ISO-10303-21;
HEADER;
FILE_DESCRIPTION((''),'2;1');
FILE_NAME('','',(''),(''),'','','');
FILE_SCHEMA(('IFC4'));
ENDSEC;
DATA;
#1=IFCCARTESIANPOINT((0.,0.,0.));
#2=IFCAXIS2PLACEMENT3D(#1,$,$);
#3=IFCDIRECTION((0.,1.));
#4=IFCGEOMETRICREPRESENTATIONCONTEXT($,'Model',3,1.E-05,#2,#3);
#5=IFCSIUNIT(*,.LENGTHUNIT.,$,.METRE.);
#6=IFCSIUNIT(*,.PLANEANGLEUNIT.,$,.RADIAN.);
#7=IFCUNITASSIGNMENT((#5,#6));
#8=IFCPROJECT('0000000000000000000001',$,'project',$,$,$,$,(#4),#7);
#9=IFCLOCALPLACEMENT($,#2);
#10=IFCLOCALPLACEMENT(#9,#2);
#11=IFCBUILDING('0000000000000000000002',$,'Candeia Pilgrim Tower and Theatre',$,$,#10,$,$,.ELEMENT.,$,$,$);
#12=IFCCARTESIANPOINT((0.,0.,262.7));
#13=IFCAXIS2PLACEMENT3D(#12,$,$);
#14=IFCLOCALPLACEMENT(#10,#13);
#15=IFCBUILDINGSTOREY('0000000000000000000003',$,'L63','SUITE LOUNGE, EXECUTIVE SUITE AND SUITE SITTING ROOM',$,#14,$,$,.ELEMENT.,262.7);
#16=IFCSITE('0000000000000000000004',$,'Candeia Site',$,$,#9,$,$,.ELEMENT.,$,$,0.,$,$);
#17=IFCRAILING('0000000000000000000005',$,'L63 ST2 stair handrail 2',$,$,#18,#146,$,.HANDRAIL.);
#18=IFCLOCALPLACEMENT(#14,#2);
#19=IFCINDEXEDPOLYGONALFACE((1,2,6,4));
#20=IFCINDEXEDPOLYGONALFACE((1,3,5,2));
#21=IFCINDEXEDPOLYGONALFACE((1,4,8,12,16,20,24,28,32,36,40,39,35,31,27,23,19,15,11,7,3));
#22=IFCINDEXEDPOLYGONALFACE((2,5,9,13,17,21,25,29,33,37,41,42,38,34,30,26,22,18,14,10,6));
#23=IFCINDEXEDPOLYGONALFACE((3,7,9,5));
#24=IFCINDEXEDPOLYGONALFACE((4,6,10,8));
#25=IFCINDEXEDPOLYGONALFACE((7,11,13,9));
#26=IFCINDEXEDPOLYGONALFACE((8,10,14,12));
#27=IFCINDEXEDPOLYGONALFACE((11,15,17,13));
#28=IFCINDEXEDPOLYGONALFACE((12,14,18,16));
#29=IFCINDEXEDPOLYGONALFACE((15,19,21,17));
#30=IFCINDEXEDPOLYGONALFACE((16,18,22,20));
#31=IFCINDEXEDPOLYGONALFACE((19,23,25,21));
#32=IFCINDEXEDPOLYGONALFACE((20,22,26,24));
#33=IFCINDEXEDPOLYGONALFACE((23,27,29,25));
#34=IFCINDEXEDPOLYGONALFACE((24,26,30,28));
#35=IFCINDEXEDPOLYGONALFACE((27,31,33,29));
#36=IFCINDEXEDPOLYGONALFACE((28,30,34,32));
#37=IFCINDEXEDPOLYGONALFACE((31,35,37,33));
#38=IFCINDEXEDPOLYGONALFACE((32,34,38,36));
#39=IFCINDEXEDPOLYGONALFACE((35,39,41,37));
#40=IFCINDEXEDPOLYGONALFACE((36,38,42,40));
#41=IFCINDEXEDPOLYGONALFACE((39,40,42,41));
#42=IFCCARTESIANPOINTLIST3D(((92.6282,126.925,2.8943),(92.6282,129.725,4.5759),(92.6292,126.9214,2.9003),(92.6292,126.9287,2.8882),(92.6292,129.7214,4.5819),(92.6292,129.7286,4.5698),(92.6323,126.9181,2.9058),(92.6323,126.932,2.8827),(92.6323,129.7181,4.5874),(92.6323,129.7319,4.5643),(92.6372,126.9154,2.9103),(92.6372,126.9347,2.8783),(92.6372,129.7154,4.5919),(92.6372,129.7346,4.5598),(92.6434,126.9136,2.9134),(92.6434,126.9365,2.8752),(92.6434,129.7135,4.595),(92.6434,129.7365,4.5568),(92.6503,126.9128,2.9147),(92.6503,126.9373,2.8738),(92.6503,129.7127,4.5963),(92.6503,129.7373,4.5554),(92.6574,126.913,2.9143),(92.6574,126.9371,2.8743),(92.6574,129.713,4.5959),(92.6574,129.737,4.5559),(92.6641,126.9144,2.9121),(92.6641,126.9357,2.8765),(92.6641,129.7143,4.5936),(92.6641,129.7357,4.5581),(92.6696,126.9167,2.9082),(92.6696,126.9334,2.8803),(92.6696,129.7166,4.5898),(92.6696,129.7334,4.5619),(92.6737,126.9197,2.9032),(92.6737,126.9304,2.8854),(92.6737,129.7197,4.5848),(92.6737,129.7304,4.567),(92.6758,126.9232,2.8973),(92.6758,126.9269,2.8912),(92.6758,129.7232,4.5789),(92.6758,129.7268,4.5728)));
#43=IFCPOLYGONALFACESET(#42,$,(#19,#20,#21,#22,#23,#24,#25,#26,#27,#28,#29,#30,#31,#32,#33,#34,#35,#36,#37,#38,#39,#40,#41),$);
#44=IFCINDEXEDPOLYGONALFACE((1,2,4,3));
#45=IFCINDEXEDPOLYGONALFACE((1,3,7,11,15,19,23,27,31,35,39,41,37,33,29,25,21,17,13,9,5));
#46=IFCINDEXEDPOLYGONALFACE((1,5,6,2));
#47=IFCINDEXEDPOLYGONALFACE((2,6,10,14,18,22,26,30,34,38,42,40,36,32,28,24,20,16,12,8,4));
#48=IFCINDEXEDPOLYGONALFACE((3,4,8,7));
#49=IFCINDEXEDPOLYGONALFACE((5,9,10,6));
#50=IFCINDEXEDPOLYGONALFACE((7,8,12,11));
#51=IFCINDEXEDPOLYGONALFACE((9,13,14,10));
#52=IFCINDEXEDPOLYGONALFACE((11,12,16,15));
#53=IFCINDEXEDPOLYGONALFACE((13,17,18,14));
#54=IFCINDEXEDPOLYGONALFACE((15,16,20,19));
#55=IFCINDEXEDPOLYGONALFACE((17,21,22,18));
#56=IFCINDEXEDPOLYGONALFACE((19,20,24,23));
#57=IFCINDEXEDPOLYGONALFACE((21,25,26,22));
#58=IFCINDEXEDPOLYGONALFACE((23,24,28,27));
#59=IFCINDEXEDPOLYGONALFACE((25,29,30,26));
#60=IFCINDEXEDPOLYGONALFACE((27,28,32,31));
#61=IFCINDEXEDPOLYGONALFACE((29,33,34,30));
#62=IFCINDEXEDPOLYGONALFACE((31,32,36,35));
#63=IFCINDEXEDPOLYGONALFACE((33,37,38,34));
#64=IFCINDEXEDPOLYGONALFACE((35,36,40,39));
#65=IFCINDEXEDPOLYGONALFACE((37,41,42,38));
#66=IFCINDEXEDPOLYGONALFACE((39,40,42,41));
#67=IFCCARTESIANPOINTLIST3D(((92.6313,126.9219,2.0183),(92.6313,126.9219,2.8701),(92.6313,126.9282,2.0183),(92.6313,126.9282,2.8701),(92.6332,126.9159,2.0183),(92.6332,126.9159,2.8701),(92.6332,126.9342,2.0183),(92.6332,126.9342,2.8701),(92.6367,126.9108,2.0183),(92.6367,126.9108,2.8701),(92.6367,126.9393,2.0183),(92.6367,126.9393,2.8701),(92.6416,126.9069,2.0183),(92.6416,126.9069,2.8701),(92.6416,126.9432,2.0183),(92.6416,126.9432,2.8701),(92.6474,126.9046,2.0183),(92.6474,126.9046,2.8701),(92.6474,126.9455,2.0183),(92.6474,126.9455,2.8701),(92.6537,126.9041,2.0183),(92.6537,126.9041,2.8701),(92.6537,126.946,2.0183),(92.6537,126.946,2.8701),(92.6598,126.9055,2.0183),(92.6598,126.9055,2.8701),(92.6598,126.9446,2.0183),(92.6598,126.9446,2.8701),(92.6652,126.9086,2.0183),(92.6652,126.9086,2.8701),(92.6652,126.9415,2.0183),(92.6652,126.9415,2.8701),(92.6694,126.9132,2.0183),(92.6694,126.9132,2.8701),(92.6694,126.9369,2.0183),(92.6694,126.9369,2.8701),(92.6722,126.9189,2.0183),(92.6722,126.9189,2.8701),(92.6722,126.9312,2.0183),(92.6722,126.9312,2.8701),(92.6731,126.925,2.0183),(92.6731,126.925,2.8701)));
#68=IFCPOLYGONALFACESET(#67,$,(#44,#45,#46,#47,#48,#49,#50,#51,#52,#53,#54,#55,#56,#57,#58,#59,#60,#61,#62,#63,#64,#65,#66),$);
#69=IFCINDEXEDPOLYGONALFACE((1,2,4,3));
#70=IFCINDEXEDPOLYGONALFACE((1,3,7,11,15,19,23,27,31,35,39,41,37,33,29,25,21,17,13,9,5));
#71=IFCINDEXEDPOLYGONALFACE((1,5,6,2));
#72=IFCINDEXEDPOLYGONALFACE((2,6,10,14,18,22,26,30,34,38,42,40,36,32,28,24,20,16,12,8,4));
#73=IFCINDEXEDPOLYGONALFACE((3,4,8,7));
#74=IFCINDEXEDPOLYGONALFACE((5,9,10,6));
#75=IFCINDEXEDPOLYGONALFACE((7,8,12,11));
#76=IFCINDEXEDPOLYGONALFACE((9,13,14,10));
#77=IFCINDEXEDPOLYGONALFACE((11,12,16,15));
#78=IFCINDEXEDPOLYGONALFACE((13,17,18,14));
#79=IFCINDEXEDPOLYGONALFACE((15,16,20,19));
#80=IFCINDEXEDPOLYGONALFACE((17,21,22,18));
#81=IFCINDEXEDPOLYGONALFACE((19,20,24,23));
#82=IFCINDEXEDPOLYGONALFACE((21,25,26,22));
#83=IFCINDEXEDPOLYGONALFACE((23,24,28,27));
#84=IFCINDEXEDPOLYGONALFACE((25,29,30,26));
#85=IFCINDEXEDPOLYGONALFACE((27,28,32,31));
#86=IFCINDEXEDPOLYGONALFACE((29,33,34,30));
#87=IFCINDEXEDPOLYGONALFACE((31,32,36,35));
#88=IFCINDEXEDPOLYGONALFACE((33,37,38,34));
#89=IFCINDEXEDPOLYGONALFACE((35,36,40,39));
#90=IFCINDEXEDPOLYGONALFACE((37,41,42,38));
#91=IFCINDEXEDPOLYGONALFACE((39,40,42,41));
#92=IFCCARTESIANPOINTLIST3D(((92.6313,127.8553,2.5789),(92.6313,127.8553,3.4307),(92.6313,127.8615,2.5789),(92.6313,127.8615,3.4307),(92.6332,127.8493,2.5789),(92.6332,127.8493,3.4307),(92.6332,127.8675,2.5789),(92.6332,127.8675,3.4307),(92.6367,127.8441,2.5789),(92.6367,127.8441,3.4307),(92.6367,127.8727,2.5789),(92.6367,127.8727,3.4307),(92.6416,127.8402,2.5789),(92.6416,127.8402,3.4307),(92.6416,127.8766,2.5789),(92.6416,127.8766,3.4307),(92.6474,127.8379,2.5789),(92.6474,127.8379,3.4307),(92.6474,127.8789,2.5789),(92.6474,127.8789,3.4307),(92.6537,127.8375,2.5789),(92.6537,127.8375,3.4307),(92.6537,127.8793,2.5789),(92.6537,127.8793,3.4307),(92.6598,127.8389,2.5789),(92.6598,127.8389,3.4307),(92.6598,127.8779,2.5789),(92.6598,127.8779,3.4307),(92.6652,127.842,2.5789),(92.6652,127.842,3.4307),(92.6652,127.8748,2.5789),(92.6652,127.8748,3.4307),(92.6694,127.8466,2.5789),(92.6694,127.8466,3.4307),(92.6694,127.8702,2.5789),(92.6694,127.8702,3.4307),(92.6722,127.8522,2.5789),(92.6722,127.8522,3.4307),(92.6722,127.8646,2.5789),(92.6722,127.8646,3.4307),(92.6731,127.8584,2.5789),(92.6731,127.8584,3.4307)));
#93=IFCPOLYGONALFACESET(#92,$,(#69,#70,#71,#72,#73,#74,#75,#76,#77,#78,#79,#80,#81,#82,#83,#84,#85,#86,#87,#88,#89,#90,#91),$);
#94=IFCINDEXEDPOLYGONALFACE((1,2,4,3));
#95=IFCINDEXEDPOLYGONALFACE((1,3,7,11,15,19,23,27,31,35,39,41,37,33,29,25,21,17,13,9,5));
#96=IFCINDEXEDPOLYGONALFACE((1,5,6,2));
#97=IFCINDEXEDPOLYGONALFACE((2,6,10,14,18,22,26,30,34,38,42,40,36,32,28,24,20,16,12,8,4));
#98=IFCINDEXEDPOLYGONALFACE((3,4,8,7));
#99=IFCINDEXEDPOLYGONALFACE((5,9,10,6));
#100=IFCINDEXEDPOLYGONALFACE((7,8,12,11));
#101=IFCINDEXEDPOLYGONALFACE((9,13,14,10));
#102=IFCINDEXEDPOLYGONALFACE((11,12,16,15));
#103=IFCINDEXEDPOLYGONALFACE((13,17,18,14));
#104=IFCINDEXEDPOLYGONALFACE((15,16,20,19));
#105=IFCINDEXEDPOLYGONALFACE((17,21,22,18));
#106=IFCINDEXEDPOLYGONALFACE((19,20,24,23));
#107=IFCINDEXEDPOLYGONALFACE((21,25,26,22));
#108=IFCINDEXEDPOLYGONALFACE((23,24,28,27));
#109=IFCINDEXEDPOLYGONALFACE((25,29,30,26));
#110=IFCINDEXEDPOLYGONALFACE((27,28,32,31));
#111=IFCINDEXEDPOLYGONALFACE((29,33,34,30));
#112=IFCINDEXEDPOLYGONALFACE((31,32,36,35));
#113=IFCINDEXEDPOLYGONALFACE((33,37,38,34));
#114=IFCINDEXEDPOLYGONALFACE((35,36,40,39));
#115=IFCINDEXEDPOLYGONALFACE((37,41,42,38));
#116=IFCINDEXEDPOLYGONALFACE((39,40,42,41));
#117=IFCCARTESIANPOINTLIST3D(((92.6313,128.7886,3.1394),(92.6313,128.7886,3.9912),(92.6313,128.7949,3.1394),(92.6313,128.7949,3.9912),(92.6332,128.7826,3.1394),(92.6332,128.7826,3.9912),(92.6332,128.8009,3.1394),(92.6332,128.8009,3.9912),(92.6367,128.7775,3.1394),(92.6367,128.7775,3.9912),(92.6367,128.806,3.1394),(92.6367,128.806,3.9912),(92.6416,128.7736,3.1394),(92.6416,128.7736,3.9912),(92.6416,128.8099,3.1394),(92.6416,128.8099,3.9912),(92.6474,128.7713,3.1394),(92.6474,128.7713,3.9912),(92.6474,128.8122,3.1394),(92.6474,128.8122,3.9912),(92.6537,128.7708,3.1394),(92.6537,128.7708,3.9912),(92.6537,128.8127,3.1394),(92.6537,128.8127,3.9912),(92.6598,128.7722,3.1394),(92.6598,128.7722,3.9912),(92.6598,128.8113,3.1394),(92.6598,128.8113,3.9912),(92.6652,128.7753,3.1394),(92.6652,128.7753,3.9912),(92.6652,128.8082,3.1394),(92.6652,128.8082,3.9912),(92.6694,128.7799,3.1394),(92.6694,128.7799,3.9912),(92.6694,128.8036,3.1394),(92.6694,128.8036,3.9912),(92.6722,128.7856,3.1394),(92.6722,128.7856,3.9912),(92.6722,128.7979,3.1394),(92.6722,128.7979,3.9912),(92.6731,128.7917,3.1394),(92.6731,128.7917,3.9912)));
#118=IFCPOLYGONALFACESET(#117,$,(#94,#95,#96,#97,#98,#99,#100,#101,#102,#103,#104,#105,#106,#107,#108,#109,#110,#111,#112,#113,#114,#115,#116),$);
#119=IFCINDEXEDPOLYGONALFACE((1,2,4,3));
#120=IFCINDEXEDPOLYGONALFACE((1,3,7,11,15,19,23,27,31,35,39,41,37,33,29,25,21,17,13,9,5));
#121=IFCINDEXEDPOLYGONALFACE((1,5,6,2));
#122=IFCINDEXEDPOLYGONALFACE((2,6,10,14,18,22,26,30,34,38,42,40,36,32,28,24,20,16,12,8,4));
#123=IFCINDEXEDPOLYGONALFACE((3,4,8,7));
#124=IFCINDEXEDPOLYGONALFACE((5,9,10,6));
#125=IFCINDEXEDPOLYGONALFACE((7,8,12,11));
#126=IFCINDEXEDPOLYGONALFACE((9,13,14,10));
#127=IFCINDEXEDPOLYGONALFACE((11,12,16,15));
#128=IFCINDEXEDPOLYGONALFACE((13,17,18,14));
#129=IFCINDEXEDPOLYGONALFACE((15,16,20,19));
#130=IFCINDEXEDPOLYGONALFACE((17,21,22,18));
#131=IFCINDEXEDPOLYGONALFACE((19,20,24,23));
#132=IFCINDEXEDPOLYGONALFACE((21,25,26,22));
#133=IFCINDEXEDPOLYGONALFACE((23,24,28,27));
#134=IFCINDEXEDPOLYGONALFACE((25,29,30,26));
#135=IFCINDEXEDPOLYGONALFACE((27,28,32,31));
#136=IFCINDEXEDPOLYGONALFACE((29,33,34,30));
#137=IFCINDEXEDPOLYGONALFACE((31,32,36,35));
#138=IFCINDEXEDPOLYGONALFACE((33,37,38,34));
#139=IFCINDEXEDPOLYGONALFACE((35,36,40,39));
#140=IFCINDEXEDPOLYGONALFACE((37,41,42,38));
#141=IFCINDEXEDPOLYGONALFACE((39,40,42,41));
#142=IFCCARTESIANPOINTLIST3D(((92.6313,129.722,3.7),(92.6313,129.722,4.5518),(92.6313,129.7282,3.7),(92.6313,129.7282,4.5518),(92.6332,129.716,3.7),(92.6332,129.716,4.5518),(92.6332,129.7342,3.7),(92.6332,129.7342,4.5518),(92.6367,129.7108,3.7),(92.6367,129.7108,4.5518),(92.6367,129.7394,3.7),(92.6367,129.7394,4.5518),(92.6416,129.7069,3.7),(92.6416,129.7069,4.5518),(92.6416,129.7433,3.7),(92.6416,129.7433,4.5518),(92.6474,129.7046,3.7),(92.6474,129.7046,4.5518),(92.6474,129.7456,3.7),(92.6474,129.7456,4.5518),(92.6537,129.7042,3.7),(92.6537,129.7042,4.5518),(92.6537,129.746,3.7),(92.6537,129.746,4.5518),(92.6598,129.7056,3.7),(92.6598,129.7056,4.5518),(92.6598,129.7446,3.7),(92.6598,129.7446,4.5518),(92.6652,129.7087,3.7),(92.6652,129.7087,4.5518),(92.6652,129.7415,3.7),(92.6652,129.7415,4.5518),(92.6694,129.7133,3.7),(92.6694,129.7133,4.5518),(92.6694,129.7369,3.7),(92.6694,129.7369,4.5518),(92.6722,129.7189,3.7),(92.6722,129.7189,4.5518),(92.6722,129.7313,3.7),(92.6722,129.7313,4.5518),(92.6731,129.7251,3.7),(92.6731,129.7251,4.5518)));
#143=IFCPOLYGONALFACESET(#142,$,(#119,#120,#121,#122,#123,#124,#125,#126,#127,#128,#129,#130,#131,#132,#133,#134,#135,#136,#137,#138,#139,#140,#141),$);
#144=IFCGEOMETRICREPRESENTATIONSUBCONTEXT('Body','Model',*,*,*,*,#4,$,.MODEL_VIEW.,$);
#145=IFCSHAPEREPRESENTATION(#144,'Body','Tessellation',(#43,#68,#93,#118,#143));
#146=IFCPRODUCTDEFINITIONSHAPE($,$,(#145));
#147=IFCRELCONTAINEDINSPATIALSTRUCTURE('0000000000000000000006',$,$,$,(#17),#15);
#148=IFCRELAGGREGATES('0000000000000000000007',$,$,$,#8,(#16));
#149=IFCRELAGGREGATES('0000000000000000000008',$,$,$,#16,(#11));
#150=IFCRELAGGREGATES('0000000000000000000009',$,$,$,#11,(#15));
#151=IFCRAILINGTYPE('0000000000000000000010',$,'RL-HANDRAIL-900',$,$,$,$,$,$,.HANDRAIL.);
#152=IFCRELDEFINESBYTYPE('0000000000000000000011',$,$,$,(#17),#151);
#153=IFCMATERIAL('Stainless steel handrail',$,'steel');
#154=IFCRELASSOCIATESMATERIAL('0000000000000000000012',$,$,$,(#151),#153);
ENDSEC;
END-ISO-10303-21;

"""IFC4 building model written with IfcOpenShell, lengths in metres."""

from ifc_helpers import new_model, si_unit, direction, frame, origin, origin_2d, place, context, subcontext, project, spatial, circle, extrude, material, type_object, element, save


model = new_model("IFC4")

# Units and contexts
model_context = context("Model", 3, precision=1e-05, world=origin(), true_north=direction((0.0, 1.0)))
body_context = subcontext(model_context, "Body", "Model", "MODEL_VIEW")
ifc_project = project(units=[si_unit("LENGTHUNIT", "METRE"), si_unit("PLANEANGLEUNIT", "RADIAN")], contexts=[model_context])

# Site, building, storey
site_placement = place(None, origin())
site = spatial("IfcSite", under=ifc_project, at=site_placement, Name="Candeia Site", CompositionType="ELEMENT", RefElevation=0.0)
building_placement = place(site_placement, origin())
building = spatial("IfcBuilding", under=site, at=building_placement, Name="Candeia Pilgrim Tower and Theatre", CompositionType="ELEMENT")
storey_placement = place(building_placement, frame((0.0, 0.0, 262.7)))
storey = spatial("IfcBuildingStorey", under=building, at=storey_placement, Name="L63", Description="SUITE LOUNGE, EXECUTIVE SUITE AND SUITE SITTING ROOM", CompositionType="ELEMENT", Elevation=262.7)

# Railing
ifc_material_1 = material(Name="Stainless steel handrail", Category="steel")
railing_type_1 = type_object("IfcRailingType", Name="RL-HANDRAIL-900", PredefinedType="HANDRAIL", material=ifc_material_1)
railing_1_placement = place(storey_placement, frame((92.6521, 126.925, 2.0183)))
element("IfcRailing", 1, at=railing_1_placement, inside=storey, type_object=railing_type_1, Name="L63 ST2 stair handrail 2", PredefinedType="HANDRAIL", context=body_context, shape_type="SweptSolid", body=[
    extrude(circle(Radius=0.0239, at=origin_2d()), frame((0.0, 0.0, 0.876), z_axis=(0.0, 0.857275, 0.514858), x_axis=(-1.0, 0.0, 0.0)), (0.0, 0.0, 1.0), 3.2661),
    extrude(circle(Radius=0.021, at=origin_2d()), origin(), (0.0, 0.0, 1.0), 0.8518),
    extrude(circle(Radius=0.021, at=origin_2d()), frame((0.0, 0.9333, 0.5605)), (0.0, 0.0, 1.0), 0.8518),
    extrude(circle(Radius=0.021, at=origin_2d()), frame((0.0, 1.8667, 1.1211)), (0.0, 0.0, 1.0), 0.8518),
    extrude(circle(Radius=0.021, at=origin_2d()), frame((0.0, 2.8, 1.6816)), (0.0, 0.0, 1.0), 0.8518),
])

save(model, "model.ifc")
